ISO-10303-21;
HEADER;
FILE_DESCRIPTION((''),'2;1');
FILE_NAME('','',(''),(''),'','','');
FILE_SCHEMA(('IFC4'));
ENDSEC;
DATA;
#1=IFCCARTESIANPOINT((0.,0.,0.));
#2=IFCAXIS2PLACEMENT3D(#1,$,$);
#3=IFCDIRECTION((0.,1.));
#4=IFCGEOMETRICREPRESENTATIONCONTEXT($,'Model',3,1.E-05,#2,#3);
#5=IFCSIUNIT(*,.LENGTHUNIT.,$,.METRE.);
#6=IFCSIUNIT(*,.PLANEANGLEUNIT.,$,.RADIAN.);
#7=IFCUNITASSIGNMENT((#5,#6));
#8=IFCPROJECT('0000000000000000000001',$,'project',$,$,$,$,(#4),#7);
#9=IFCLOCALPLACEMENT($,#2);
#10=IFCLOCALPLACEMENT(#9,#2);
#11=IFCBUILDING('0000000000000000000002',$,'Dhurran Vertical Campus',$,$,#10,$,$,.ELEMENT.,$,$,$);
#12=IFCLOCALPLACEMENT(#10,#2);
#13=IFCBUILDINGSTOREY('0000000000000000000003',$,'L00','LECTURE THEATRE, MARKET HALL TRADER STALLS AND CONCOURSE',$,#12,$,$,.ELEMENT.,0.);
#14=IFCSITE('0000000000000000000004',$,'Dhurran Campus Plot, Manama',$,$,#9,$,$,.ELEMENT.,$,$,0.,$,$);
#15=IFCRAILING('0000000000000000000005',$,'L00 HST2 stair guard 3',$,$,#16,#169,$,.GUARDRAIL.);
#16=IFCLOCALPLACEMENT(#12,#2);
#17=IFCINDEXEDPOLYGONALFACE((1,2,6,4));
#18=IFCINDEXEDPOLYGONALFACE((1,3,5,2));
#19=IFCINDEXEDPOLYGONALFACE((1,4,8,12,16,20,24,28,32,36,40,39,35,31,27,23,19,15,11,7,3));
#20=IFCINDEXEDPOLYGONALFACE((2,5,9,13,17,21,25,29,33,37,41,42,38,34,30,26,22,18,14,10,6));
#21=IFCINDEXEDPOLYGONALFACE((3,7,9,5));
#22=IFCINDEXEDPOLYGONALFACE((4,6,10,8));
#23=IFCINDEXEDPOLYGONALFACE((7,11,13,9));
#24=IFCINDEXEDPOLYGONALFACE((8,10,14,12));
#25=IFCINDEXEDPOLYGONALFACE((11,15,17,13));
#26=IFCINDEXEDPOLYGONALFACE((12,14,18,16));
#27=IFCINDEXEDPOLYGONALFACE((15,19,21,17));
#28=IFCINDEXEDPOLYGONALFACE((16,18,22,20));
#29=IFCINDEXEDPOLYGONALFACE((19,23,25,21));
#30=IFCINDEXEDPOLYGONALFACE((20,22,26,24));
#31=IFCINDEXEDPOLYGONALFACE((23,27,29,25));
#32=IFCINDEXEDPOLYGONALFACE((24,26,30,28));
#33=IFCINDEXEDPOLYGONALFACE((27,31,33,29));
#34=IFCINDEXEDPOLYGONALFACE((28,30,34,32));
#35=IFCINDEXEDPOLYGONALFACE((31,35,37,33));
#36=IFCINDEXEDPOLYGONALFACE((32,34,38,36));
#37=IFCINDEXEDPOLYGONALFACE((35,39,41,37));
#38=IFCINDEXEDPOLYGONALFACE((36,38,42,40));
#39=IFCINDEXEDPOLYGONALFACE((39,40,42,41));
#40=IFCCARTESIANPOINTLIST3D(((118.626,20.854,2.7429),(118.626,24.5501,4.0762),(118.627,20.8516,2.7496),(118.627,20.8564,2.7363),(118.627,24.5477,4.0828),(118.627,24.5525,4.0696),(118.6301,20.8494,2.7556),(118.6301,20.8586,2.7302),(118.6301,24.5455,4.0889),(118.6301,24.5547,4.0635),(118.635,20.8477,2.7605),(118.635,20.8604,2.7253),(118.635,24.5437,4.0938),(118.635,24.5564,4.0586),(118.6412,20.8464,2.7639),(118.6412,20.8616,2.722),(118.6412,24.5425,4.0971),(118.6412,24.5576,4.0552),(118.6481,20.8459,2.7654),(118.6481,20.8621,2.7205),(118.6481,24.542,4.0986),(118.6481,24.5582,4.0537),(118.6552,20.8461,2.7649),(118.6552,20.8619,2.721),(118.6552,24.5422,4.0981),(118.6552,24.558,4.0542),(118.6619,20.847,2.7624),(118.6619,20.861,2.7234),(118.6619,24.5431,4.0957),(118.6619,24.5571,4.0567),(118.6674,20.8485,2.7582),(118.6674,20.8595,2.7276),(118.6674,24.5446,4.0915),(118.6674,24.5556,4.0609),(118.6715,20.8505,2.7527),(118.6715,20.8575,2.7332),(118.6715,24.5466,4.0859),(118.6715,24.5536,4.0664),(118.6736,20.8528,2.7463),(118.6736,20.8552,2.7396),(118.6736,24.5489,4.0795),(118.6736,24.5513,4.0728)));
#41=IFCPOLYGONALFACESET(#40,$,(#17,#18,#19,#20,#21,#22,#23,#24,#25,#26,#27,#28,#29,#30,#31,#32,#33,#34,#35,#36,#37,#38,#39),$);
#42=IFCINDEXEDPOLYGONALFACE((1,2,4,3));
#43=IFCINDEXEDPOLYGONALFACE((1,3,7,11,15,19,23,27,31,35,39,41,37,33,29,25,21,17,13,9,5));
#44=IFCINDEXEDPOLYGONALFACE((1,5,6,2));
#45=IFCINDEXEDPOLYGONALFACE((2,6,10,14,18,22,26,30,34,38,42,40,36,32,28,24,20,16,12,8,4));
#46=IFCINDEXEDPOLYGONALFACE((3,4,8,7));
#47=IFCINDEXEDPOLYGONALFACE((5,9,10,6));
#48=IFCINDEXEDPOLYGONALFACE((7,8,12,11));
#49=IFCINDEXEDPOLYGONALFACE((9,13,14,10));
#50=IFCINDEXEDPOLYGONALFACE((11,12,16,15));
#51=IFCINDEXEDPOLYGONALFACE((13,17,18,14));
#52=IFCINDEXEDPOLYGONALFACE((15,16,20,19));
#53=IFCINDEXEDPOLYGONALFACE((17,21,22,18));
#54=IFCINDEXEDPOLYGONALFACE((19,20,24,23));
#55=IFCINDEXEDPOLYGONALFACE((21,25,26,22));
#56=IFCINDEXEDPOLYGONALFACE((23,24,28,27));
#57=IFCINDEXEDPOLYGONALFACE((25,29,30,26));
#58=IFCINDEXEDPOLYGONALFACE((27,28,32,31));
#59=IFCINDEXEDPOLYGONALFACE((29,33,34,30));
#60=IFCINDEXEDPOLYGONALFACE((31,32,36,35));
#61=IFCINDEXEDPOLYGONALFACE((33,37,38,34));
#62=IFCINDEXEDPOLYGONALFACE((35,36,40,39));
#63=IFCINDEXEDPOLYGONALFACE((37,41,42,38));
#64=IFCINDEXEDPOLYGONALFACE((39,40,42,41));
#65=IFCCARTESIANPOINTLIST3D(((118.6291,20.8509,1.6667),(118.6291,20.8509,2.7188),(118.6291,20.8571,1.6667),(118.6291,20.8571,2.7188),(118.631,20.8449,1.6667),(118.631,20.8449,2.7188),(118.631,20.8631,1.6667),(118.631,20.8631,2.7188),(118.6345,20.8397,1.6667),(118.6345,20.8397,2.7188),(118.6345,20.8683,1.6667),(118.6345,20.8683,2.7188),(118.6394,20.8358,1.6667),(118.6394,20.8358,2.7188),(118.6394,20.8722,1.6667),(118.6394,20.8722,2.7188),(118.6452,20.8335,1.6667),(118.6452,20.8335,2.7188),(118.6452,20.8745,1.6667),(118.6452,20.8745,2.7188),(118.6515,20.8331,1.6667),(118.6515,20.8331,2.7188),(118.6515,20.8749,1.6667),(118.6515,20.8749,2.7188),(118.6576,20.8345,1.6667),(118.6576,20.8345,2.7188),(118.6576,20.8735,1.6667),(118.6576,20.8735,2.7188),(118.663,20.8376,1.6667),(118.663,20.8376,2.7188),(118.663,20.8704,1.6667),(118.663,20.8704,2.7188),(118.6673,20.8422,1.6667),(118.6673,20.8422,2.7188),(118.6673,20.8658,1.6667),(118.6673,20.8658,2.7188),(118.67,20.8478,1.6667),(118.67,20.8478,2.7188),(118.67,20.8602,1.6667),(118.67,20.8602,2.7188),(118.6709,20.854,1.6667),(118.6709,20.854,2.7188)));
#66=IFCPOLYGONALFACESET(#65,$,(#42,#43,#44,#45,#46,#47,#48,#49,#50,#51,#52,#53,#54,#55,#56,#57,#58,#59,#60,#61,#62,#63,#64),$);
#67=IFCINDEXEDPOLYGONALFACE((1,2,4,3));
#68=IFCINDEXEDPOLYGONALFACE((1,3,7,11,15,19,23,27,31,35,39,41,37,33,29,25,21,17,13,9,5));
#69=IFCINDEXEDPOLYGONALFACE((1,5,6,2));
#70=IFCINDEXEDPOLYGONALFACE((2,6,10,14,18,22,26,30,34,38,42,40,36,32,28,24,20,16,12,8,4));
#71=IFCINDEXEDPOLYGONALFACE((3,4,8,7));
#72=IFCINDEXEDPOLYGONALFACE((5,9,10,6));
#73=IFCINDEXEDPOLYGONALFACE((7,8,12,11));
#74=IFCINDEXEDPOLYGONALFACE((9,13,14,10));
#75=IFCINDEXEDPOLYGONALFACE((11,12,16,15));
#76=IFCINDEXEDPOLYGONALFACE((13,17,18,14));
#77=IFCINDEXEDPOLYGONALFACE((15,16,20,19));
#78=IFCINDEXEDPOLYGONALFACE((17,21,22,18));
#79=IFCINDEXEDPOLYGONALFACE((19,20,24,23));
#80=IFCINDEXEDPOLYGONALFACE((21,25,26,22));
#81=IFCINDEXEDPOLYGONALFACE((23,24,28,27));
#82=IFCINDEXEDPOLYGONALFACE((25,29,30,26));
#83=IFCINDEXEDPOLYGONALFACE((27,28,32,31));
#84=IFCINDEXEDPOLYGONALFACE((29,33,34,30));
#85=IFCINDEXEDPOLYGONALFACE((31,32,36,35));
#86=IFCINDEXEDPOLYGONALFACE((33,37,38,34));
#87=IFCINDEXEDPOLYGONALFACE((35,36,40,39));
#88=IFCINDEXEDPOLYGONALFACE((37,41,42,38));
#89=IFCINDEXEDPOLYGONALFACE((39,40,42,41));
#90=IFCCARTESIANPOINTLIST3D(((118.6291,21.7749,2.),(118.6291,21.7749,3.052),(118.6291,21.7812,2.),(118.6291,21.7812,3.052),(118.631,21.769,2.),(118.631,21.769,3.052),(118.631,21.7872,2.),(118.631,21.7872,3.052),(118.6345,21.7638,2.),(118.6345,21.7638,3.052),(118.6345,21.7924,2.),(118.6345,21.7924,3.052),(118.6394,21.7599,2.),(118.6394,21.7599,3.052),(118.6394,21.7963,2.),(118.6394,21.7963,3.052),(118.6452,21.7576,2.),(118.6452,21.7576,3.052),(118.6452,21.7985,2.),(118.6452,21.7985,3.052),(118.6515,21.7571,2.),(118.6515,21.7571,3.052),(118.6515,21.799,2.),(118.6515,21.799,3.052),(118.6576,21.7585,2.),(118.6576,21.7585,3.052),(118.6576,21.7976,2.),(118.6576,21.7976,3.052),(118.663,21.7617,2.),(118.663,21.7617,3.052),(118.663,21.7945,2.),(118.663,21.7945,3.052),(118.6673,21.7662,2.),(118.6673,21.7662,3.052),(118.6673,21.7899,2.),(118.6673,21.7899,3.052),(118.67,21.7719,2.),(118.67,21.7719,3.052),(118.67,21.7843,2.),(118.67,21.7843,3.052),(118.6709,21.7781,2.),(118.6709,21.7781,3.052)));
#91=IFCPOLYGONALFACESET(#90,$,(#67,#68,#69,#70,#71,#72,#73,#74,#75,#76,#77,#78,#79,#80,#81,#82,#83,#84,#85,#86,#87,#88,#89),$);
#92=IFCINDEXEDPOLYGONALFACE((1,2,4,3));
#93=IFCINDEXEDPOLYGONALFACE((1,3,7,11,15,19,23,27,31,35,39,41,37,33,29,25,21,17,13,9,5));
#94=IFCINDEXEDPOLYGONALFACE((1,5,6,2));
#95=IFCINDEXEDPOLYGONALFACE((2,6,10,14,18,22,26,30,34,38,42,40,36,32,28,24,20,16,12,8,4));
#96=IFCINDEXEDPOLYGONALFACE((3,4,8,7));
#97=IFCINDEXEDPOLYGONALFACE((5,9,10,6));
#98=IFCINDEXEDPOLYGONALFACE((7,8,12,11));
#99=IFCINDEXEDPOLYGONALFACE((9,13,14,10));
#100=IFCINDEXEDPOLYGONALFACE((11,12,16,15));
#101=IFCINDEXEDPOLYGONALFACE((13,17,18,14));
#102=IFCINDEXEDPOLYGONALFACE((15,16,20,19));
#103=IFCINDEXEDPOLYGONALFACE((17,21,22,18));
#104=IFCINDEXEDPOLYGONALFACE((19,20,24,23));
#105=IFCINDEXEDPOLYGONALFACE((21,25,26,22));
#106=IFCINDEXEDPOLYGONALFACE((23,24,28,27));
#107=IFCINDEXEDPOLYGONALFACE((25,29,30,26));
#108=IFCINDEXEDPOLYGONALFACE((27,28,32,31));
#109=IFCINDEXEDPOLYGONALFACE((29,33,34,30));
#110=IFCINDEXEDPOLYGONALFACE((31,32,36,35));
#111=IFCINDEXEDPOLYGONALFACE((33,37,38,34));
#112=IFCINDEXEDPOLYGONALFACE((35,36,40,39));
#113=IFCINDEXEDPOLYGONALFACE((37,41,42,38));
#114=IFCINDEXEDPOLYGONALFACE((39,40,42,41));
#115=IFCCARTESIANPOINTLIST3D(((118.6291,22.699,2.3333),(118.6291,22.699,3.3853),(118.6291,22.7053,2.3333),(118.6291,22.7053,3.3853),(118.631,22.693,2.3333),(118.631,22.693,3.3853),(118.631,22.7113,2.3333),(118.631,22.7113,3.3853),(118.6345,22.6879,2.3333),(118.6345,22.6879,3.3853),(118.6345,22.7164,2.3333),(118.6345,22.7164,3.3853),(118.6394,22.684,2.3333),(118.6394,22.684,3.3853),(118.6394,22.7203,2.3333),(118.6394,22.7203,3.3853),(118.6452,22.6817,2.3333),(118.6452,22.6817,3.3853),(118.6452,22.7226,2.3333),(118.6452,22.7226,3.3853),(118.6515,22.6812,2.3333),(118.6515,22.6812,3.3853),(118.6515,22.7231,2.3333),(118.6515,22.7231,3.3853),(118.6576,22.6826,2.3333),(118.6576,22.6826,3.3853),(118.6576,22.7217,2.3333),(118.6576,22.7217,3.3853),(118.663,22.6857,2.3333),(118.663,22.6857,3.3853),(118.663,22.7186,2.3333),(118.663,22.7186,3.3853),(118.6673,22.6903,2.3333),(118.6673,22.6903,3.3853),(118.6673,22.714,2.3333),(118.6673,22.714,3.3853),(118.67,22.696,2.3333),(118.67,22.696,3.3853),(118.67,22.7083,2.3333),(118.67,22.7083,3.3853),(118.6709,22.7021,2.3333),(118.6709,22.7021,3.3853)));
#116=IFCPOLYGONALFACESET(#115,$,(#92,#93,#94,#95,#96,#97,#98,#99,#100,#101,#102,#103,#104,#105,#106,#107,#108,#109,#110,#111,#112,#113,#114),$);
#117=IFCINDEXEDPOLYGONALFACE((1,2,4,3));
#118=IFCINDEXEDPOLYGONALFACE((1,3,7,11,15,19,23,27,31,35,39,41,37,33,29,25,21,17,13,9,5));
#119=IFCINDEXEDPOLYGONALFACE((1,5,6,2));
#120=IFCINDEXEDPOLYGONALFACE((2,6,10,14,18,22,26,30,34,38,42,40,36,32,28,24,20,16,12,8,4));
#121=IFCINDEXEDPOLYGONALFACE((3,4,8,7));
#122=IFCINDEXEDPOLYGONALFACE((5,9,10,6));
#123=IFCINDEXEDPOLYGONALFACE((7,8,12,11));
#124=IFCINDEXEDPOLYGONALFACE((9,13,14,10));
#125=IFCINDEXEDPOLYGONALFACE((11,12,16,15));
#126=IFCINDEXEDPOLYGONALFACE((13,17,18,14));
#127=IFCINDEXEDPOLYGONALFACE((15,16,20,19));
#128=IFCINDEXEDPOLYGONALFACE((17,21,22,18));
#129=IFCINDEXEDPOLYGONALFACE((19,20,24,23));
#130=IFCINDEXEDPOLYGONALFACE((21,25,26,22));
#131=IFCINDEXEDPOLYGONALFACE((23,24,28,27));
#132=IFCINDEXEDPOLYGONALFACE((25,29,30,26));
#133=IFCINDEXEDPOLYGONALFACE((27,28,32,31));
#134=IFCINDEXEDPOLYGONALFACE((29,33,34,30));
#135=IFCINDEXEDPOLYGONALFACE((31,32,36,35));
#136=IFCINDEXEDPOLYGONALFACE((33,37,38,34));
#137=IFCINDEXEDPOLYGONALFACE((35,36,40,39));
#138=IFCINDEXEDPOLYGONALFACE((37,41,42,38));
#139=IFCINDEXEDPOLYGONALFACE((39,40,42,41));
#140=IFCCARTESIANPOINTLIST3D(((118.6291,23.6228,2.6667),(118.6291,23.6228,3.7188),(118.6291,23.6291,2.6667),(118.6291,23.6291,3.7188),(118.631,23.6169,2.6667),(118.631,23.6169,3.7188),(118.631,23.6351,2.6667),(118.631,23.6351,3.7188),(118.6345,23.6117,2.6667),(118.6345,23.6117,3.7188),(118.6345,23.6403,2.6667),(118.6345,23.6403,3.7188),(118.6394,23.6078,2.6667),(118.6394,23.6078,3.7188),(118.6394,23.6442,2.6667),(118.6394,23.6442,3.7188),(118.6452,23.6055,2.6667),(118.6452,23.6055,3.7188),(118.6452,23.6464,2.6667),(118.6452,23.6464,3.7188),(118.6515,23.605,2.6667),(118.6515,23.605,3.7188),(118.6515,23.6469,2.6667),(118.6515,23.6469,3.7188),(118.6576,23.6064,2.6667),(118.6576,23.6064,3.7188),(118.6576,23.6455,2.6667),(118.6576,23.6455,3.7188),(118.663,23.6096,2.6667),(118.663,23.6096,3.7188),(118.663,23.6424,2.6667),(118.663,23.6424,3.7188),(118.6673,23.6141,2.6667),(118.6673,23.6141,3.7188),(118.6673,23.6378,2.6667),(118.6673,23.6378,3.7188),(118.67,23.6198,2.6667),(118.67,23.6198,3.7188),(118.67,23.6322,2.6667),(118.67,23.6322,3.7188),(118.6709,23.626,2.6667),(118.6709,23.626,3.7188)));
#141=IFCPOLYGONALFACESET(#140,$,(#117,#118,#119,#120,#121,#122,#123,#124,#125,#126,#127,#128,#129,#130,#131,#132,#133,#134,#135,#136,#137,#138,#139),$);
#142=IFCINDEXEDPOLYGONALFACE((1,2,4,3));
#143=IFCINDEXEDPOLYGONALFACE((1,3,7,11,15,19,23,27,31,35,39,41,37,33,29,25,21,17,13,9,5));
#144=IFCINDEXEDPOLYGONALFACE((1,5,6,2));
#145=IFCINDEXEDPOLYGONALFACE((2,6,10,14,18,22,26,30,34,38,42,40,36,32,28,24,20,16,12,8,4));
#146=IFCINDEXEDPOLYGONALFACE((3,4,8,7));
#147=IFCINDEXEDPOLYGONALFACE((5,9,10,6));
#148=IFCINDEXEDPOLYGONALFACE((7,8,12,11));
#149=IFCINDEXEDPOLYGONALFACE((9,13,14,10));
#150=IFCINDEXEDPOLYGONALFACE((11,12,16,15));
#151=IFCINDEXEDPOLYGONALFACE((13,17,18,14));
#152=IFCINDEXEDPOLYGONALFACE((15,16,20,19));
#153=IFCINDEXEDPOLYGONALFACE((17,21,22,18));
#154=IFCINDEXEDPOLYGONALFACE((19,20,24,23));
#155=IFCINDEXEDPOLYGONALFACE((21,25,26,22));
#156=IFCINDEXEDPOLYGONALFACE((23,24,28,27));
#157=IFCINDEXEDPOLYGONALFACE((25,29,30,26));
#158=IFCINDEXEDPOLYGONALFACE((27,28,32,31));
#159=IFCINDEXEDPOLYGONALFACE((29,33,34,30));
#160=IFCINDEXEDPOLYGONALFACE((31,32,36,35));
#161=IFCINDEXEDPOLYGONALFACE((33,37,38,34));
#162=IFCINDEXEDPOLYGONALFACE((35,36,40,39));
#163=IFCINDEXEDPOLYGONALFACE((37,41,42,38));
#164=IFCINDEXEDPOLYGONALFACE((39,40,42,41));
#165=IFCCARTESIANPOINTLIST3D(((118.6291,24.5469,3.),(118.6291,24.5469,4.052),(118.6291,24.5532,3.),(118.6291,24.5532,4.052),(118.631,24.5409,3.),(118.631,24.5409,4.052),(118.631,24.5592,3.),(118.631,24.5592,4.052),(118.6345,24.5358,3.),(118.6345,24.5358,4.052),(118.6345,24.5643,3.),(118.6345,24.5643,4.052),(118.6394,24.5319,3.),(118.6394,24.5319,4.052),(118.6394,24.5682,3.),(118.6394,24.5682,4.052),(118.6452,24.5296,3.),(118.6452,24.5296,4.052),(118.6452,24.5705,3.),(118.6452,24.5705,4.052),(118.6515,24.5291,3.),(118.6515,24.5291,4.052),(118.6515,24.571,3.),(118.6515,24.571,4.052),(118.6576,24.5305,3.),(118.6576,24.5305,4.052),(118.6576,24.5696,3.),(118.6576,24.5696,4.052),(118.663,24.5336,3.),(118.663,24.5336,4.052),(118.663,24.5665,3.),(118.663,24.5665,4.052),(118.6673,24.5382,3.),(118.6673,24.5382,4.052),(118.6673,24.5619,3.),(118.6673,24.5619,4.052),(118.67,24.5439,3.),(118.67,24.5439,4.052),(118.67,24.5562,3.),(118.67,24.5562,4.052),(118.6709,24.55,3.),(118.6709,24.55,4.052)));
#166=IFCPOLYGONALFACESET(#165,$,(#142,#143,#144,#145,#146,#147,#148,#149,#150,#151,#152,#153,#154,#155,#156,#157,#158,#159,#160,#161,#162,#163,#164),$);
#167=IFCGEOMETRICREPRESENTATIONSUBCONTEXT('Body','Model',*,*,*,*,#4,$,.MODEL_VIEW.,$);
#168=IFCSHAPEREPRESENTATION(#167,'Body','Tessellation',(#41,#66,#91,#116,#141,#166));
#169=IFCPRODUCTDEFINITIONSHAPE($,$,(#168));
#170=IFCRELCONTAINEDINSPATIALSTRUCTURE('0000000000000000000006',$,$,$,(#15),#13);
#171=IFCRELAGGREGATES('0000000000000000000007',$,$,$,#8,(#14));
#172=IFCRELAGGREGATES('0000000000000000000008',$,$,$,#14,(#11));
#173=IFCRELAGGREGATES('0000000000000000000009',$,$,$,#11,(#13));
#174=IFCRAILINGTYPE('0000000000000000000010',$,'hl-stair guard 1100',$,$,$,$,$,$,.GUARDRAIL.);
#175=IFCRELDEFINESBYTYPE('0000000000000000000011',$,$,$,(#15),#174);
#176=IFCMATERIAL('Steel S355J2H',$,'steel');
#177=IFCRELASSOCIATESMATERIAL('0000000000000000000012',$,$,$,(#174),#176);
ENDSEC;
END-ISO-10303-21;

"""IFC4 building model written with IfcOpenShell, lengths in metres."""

from ifc_helpers import new_model, si_unit, direction, frame, origin, origin_2d, place, context, subcontext, project, spatial, circle, extrude, material, type_object, element, save


model = new_model("IFC4")

# Units and contexts
model_context = context("Model", 3, precision=1e-05, world=origin(), true_north=direction((0.0, 1.0)))
body_context = subcontext(model_context, "Body", "Model", "MODEL_VIEW")
ifc_project = project(units=[si_unit("LENGTHUNIT", "METRE"), si_unit("PLANEANGLEUNIT", "RADIAN")], contexts=[model_context])

# Site, building, storey
site_placement = place(None, origin())
site = spatial("IfcSite", under=ifc_project, at=site_placement, Name="Dhurran Campus Plot, Manama", CompositionType="ELEMENT", RefElevation=0.0)
building_placement = place(site_placement, origin())
building = spatial("IfcBuilding", under=site, at=building_placement, Name="Dhurran Vertical Campus", CompositionType="ELEMENT")
storey_placement = place(building_placement, origin())
storey = spatial("IfcBuildingStorey", under=building, at=storey_placement, Name="L00", Description="LECTURE THEATRE, MARKET HALL TRADER STALLS AND CONCOURSE", CompositionType="ELEMENT", Elevation=0.0)

# Railing
ifc_material_1 = material(Name="Steel S355J2H", Category="steel")
railing_type = type_object("IfcRailingType", Name="hl-stair guard 1100", PredefinedType="GUARDRAIL", material=ifc_material_1)
railing_1_placement = place(storey_placement, frame((118.6499, 20.854, 1.6667)))
element("IfcRailing", 1, at=railing_1_placement, inside=storey, type_object=railing_type, Name="L00 HST2 stair guard 3", PredefinedType="GUARDRAIL", context=body_context, shape_type="SweptSolid", body=[
    extrude(circle(Radius=0.0239, at=origin_2d()), frame((0.0, 0.0, 1.0762), z_axis=(0.0, 0.94067, 0.339322), x_axis=(-1.0, 0.0, 0.0)), (0.0, 0.0, 1.0), 3.9292),
    extrude(circle(Radius=0.021, at=origin_2d()), origin(), (0.0, 0.0, 1.0), 1.052),
    extrude(circle(Radius=0.021, at=origin_2d()), frame((0.0, 0.9241, 0.3333)), (0.0, 0.0, 1.0), 1.052),
    extrude(circle(Radius=0.021, at=origin_2d()), frame((0.0, 1.8481, 0.6665)), (0.0, 0.0, 1.0), 1.052),
    extrude(circle(Radius=0.021, at=origin_2d()), frame((0.0, 2.772, 1.0)), (0.0, 0.0, 1.0), 1.052),
    extrude(circle(Radius=0.021, at=origin_2d()), frame((0.0, 3.696, 1.3333)), (0.0, 0.0, 1.0), 1.052),
])

save(model, "model.ifc")
